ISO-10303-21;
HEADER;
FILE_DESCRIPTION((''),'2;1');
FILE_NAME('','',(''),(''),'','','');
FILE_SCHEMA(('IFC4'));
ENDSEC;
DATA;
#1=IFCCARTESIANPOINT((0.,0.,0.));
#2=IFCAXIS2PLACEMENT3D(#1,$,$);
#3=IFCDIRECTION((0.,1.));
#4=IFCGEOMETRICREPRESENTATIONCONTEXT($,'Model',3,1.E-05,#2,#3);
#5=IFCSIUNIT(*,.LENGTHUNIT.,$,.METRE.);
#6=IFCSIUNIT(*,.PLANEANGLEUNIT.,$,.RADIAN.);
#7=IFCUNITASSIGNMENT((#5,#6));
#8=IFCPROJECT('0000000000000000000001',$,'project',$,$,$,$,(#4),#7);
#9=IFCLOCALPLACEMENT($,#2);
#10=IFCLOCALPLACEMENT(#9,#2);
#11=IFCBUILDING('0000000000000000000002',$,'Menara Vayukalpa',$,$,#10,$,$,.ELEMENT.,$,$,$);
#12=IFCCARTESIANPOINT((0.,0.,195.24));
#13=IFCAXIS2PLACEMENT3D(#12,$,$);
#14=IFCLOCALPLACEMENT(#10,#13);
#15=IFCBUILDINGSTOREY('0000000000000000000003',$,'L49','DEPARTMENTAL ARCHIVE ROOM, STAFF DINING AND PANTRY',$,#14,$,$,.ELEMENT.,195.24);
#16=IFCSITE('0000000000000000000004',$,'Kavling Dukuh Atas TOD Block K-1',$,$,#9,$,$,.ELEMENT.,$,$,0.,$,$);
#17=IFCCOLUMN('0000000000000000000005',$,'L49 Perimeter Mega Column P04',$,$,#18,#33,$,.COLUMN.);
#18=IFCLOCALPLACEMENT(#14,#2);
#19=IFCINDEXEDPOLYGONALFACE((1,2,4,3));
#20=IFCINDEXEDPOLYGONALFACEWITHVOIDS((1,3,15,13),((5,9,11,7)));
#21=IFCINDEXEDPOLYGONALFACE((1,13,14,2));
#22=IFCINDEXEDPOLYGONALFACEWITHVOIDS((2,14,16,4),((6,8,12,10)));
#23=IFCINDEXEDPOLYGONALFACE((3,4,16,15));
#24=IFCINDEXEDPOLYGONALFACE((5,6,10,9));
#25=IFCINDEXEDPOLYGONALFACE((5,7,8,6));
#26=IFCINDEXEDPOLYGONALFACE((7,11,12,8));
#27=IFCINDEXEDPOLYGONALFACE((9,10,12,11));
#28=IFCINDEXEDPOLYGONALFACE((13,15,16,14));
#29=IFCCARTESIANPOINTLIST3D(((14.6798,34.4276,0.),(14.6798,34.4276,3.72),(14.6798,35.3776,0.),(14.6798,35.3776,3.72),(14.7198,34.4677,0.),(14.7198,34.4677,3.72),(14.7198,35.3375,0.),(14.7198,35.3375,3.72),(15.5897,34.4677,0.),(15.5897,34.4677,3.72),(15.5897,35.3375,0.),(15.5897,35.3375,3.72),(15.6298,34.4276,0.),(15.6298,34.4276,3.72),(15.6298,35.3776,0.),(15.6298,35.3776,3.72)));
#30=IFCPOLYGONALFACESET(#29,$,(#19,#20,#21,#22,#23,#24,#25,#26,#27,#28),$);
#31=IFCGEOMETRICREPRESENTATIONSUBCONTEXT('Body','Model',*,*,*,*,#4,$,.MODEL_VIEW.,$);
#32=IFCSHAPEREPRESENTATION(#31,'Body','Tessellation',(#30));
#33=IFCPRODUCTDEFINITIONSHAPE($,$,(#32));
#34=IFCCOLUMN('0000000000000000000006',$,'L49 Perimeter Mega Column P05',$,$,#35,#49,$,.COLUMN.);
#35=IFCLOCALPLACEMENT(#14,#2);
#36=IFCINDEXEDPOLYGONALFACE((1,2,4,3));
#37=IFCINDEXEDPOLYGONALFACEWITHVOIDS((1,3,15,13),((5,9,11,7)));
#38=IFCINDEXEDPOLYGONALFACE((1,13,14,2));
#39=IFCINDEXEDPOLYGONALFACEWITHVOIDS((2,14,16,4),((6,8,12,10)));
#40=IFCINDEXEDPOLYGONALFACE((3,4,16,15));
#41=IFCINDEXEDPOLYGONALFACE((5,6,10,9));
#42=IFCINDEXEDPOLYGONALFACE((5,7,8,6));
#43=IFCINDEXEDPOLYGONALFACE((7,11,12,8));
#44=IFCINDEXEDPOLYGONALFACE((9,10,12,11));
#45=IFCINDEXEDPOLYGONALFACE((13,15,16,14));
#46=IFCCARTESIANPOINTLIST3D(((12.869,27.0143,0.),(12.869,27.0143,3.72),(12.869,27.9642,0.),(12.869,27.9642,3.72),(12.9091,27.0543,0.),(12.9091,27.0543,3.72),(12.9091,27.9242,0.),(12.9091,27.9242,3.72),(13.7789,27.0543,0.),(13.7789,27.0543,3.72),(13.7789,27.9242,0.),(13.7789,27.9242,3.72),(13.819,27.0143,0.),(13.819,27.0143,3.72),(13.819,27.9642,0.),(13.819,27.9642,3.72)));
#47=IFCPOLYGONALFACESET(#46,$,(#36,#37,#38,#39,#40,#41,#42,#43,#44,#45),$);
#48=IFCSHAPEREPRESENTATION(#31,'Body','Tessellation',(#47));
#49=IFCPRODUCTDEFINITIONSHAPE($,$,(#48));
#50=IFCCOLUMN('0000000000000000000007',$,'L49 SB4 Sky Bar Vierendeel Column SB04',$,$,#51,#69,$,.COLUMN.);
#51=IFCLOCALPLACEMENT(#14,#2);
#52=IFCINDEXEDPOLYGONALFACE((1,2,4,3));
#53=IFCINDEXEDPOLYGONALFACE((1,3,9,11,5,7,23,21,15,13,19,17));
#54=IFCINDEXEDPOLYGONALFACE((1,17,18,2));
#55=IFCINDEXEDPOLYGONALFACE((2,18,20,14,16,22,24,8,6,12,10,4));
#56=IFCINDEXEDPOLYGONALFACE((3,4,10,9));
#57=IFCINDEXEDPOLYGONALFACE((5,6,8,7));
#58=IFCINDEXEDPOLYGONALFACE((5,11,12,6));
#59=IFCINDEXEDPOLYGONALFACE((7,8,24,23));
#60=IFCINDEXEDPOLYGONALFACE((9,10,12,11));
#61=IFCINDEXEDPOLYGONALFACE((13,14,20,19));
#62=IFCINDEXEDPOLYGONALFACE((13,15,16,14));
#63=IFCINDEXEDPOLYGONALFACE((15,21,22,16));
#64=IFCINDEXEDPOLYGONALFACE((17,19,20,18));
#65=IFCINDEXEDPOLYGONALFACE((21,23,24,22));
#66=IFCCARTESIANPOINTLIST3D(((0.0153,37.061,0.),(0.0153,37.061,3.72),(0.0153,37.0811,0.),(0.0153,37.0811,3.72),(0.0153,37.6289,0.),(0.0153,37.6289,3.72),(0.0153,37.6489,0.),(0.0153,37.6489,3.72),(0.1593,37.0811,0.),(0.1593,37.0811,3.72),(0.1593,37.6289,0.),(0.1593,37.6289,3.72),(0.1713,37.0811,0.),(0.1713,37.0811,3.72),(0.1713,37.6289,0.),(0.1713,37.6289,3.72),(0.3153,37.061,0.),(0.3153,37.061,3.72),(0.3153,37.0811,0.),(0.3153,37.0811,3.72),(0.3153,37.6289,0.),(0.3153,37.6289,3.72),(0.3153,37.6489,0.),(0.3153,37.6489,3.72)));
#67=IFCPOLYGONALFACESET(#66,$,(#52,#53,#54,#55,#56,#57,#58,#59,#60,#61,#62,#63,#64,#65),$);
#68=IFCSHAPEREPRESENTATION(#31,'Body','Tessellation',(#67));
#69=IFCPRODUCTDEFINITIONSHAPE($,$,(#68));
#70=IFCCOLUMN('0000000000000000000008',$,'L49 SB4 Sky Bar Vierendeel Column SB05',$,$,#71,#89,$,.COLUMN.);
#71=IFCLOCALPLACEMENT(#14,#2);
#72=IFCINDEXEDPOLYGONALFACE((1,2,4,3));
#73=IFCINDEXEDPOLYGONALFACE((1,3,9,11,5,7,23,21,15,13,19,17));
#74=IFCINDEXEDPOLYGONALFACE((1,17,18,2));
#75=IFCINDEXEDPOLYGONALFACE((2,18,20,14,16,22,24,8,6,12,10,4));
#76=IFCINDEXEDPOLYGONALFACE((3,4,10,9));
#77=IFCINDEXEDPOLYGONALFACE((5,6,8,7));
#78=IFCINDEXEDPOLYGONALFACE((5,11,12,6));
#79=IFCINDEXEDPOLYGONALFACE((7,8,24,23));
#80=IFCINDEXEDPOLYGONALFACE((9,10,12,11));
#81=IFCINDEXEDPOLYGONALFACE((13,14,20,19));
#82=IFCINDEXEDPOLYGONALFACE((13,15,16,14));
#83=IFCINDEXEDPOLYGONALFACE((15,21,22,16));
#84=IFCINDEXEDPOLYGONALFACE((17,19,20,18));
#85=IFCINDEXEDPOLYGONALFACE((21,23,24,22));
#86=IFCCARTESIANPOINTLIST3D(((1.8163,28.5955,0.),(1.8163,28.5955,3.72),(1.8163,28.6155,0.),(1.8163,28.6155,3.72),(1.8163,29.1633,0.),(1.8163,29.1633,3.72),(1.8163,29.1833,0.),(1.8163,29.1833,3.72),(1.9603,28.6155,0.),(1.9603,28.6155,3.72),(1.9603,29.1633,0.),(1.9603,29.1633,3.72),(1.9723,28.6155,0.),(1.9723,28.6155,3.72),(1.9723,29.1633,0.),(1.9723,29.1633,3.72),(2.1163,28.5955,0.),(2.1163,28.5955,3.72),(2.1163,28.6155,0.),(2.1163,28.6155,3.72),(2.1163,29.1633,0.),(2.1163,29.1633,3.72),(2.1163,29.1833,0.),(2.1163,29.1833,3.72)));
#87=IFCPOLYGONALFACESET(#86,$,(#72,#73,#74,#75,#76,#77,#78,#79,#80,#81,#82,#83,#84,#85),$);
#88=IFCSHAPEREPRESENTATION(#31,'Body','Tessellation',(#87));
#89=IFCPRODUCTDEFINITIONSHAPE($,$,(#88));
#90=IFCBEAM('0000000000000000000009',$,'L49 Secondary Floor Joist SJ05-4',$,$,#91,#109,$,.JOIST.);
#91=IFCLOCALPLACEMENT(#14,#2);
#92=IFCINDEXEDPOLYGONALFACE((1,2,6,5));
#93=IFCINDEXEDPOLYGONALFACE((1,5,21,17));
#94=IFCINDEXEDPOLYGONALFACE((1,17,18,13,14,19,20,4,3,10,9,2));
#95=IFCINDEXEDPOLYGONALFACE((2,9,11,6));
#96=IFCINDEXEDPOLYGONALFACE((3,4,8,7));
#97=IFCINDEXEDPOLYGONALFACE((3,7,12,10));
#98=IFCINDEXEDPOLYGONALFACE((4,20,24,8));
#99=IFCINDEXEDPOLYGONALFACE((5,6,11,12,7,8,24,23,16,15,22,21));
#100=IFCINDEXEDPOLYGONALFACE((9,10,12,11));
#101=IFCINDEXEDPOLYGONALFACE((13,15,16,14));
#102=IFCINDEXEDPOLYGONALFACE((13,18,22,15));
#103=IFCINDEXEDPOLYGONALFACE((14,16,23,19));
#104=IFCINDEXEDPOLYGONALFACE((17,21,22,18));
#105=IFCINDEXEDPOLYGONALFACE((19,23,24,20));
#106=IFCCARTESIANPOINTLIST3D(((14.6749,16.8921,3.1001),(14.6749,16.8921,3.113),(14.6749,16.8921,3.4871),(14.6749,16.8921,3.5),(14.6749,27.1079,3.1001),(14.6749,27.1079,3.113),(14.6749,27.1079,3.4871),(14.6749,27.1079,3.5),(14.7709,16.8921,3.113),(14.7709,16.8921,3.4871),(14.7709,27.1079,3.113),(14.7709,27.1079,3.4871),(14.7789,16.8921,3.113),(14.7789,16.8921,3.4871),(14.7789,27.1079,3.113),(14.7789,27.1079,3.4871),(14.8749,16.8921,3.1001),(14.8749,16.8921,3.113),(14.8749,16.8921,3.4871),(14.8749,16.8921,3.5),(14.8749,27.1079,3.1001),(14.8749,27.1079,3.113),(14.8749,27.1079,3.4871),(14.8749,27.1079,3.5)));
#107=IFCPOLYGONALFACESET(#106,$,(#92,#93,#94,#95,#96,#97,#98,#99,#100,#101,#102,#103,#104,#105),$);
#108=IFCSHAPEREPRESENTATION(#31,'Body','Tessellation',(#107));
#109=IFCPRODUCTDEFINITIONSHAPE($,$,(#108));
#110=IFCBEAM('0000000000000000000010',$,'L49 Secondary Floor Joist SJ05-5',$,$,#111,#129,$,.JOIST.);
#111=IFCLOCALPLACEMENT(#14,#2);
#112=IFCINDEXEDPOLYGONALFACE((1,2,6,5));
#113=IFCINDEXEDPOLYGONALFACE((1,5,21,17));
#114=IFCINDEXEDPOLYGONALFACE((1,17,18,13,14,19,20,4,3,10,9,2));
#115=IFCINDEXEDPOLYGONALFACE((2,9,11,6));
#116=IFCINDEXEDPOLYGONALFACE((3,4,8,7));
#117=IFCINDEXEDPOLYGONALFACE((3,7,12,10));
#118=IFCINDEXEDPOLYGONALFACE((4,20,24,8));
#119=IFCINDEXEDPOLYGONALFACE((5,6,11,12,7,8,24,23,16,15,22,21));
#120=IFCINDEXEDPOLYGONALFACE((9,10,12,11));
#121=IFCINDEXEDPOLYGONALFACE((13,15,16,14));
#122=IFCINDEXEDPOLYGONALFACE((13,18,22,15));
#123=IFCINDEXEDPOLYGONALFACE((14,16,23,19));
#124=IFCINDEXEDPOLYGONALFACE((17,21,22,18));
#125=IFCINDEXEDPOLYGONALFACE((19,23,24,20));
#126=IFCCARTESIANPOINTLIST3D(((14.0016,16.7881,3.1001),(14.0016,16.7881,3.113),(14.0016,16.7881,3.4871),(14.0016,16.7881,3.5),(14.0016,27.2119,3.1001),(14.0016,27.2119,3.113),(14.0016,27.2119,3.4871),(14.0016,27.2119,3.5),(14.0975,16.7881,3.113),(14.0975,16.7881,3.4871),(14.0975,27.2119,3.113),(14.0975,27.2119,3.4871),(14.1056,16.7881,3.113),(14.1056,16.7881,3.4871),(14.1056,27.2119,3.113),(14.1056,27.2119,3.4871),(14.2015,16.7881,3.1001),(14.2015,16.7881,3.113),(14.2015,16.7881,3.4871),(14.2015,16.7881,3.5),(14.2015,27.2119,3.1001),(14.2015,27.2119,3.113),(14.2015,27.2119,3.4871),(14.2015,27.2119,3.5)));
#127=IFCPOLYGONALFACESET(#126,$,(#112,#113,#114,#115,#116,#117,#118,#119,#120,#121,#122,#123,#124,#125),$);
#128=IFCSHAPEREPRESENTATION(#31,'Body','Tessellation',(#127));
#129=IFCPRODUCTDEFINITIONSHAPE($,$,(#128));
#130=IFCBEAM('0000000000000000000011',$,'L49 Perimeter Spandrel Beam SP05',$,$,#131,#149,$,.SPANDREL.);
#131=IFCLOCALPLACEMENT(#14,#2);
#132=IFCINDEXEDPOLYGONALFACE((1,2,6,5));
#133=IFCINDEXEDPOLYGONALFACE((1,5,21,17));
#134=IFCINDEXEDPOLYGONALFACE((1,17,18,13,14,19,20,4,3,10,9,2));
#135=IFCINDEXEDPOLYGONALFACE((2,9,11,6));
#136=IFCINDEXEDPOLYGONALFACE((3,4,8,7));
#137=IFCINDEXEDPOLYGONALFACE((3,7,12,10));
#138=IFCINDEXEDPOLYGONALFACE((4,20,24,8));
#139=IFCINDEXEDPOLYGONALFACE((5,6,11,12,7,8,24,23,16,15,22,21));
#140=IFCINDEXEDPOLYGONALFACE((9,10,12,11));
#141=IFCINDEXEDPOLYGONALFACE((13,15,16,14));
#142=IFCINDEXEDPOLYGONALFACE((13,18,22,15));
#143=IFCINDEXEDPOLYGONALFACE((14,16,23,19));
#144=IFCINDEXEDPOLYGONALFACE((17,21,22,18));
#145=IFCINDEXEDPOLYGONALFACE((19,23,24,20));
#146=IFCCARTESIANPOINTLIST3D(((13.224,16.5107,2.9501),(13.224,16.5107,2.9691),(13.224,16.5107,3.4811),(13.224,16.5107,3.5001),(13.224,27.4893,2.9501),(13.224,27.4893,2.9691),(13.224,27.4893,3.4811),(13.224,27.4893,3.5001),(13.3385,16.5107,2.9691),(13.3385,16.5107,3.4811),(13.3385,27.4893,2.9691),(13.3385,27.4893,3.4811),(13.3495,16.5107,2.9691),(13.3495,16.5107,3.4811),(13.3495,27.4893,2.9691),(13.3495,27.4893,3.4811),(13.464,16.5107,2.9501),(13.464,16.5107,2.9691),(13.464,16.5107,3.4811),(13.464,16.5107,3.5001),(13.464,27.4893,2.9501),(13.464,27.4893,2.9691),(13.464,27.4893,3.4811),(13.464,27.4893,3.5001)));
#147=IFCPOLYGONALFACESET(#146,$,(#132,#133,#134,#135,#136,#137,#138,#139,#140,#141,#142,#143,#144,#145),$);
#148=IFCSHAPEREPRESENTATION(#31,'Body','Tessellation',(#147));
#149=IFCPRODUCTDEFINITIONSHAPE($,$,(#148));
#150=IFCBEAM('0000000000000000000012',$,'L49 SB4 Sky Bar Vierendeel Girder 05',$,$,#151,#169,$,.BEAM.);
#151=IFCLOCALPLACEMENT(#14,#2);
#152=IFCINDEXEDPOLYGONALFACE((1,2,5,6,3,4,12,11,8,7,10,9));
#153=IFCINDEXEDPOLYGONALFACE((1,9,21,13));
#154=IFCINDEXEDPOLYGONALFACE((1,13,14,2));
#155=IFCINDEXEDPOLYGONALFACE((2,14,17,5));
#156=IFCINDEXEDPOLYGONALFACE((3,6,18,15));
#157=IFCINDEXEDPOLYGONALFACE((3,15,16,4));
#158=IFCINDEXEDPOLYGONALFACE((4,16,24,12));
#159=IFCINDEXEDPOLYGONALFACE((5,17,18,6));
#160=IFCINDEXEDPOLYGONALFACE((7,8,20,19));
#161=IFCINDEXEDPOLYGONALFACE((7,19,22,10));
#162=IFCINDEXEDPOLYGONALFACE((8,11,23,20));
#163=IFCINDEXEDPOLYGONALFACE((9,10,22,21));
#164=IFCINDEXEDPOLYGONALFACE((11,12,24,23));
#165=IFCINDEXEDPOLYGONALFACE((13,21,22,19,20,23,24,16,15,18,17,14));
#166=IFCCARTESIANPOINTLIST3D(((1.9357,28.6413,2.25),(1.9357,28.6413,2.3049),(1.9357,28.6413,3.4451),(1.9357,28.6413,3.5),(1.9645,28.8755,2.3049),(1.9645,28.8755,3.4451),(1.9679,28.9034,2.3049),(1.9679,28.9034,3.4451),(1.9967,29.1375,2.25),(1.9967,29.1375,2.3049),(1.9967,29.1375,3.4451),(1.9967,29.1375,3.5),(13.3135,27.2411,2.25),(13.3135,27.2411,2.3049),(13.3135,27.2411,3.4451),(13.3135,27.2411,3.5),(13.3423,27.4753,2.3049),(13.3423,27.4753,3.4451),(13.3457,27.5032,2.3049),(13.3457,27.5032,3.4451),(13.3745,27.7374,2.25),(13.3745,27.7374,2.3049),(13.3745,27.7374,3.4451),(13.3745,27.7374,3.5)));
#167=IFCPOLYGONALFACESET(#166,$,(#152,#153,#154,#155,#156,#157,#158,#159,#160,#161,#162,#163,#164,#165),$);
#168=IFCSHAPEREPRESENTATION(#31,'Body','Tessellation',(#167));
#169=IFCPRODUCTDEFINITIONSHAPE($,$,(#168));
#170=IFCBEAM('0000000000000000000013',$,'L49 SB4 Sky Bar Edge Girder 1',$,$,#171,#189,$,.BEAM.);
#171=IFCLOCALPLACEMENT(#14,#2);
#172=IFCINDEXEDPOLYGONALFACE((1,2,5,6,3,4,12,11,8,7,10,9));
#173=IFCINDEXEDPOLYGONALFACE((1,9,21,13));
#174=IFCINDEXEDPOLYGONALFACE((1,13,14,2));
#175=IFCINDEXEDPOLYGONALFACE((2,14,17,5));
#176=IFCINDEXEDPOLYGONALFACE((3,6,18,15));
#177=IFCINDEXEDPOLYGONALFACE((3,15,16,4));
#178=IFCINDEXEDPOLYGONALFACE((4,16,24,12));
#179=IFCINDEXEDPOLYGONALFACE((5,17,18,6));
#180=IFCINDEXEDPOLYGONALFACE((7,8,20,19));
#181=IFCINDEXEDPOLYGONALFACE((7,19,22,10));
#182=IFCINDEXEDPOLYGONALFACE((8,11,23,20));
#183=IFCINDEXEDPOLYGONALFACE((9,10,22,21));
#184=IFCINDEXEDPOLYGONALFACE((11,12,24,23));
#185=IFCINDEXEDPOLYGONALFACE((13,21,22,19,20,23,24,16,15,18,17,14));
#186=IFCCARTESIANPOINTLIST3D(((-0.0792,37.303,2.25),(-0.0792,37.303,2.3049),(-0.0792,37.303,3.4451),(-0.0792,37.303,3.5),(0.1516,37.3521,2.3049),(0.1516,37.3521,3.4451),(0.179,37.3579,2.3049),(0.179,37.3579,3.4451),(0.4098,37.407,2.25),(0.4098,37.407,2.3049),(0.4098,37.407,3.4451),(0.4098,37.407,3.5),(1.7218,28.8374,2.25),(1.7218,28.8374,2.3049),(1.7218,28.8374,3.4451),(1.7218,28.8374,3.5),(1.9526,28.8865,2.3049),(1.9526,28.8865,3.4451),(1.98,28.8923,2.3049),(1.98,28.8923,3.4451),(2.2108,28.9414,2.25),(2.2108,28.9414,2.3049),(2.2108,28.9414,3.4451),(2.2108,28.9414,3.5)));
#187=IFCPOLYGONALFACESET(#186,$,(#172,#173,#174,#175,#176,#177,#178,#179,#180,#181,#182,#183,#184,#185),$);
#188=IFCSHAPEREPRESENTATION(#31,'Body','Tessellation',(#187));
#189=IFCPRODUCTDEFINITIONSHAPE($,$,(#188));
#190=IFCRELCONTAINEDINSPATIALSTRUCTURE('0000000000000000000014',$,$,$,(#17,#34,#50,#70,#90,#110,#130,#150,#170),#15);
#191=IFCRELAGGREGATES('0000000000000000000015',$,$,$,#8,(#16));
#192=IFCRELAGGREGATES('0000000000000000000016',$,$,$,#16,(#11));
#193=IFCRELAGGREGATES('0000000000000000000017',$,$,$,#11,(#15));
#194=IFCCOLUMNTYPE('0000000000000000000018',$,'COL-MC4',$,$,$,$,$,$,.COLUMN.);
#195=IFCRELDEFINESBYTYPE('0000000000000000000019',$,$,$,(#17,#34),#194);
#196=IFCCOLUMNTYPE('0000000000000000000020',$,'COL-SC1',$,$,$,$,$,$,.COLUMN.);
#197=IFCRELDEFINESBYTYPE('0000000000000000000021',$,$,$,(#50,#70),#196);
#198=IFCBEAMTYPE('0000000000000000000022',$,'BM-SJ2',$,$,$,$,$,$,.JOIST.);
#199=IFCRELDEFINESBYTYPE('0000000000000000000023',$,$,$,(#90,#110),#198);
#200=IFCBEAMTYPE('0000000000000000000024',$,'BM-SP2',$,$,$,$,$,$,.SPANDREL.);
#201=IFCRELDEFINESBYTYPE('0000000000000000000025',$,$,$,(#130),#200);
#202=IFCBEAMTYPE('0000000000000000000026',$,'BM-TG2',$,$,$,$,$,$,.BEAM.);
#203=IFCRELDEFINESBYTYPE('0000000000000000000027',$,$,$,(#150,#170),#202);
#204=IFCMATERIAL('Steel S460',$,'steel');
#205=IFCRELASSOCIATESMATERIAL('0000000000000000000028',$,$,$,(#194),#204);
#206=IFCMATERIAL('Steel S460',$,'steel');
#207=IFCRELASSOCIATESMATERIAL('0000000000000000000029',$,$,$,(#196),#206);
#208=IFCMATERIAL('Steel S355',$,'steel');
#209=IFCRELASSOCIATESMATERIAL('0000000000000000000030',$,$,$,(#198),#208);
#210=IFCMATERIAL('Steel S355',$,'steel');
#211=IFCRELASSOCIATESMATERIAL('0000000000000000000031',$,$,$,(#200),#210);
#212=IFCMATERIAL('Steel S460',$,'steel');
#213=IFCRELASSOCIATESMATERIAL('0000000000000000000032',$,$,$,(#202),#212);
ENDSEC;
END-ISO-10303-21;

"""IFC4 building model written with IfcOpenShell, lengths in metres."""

from ifc_helpers import new_model, si_unit, direction, frame, origin, origin_2d, place, context, subcontext, project, spatial, hollow_rectangle, i_section, extrude, material, material_profile, profile_set, type_object, element, save


model = new_model("IFC4")

# Units and contexts
model_context = context("Model", 3, precision=1e-05, world=origin(), true_north=direction((0.0, 1.0)))
body_context = subcontext(model_context, "Body", "Model", "MODEL_VIEW")
ifc_project = project(units=[si_unit("LENGTHUNIT", "METRE"), si_unit("PLANEANGLEUNIT", "RADIAN")], contexts=[model_context])

# Site, building, storey
site_placement = place(None, origin())
site = spatial("IfcSite", under=ifc_project, at=site_placement, Name="Kavling Dukuh Atas TOD Block K-1", CompositionType="ELEMENT", RefElevation=0.0)
building_placement = place(site_placement, origin())
building = spatial("IfcBuilding", under=site, at=building_placement, Name="Menara Vayukalpa", CompositionType="ELEMENT")
storey_placement = place(building_placement, frame((0.0, 0.0, 195.24)))
storey = spatial("IfcBuildingStorey", under=building, at=storey_placement, Name="L49", Description="DEPARTMENTAL ARCHIVE ROOM, STAFF DINING AND PANTRY", CompositionType="ELEMENT", Elevation=195.24)

# Columns
ifc_material_1 = material(Name="Steel S460", Category="steel")
ifc_material_profile_1 = material_profile(ifc_material_1, hollow_rectangle(XDim=0.95, YDim=0.95, WallThickness=0.04, at=origin_2d()), Name="BOX 950x950x40")
ifc_profile_set_1 = profile_set([ifc_material_profile_1], Name="Steel S460")
column_type_1 = type_object("IfcColumnType", Name="COL-MC4", PredefinedType="COLUMN", material=ifc_profile_set_1)
for number, where, z_axis, x_axis, name in (
    (1, (15.1548, 34.9026, 0.0), (0.0, 0.0, 1.0), (1.0, 0.0, 0.0), "L49 Perimeter Mega Column P04"),
    (2, (13.344, 27.4893, 0.0), (0.0, 0.0, 1.0), (1.0, 0.0, 0.0), "L49 Perimeter Mega Column P05"),
):
    element("IfcColumn", number, at=place(storey_placement, frame(where, z_axis=z_axis, x_axis=x_axis)), inside=storey, type_object=column_type_1, Name=name, PredefinedType="COLUMN", context=body_context, shape_type="SweptSolid", body=[
        extrude(hollow_rectangle(XDim=0.95, YDim=0.95, WallThickness=0.04, at=origin_2d()), origin(), (0.0, 0.0, 1.0), 3.72),
    ])
ifc_material_2 = material(Name="Steel S460", Category="steel")
ifc_material_profile_2 = material_profile(ifc_material_2, i_section(OverallWidth=0.3, OverallDepth=0.5879, WebThickness=0.012, FlangeThickness=0.02, at=origin_2d()), Name="H 588x300x12x20")
ifc_profile_set_2 = profile_set([ifc_material_profile_2], Name="Steel S460")
column_type_2 = type_object("IfcColumnType", Name="COL-SC1", PredefinedType="COLUMN", material=ifc_profile_set_2)
for number, where, z_axis, x_axis, name in (
    (3, (0.1653, 37.355, 0.0), (0.0, 0.0, 1.0), (1.0, 0.0, 0.0), "L49 SB4 Sky Bar Vierendeel Column SB04"),
    (4, (1.9663, 28.8894, 0.0), (0.0, 0.0, 1.0), (1.0, 0.0, 0.0), "L49 SB4 Sky Bar Vierendeel Column SB05"),
):
    element("IfcColumn", number, at=place(storey_placement, frame(where, z_axis=z_axis, x_axis=x_axis)), inside=storey, type_object=column_type_2, Name=name, PredefinedType="COLUMN", context=body_context, shape_type="SweptSolid", body=[
        extrude(i_section(OverallWidth=0.3, OverallDepth=0.5879, WebThickness=0.012, FlangeThickness=0.02, at=origin_2d()), origin(), (0.0, 0.0, 1.0), 3.72),
    ])

# Beams
ifc_material_3 = material(Name="Steel S355", Category="steel")
ifc_material_profile_3 = material_profile(ifc_material_3, i_section(OverallWidth=0.2, OverallDepth=0.3999, WebThickness=0.0081, FlangeThickness=0.0129, at=origin_2d()), Name="WF 400x200x8x13")
ifc_profile_set_3 = profile_set([ifc_material_profile_3], Name="Steel S355")
beam_type_1 = type_object("IfcBeamType", Name="BM-SJ2", PredefinedType="JOIST", material=ifc_profile_set_3)
beam_1_placement = place(storey_placement, frame((14.7749, 27.1079, 3.3), z_axis=(0.0, -1.0, 0.0), x_axis=(1.0, 0.0, 0.0)))
element("IfcBeam", 5, at=beam_1_placement, inside=storey, type_object=beam_type_1, Name="L49 Secondary Floor Joist SJ05-4", PredefinedType="JOIST", context=body_context, shape_type="SweptSolid", body=[
    extrude(i_section(OverallWidth=0.2, OverallDepth=0.3999, WebThickness=0.0081, FlangeThickness=0.0129, at=origin_2d()), origin(), (0.0, 0.0, 1.0), 10.2158),
])
beam_2_placement = place(storey_placement, frame((14.1016, 27.2119, 3.3), z_axis=(0.0, -1.0, 0.0), x_axis=(1.0, 0.0, 0.0)))
element("IfcBeam", 6, at=beam_2_placement, inside=storey, type_object=beam_type_1, Name="L49 Secondary Floor Joist SJ05-5", PredefinedType="JOIST", context=body_context, shape_type="SweptSolid", body=[
    extrude(i_section(OverallWidth=0.2, OverallDepth=0.3999, WebThickness=0.0081, FlangeThickness=0.0129, at=origin_2d()), origin(), (0.0, 0.0, 1.0), 10.4238),
])
ifc_material_4 = material(Name="Steel S355", Category="steel")
ifc_material_profile_4 = material_profile(ifc_material_4, i_section(OverallWidth=0.24, OverallDepth=0.55, WebThickness=0.011, FlangeThickness=0.019, at=origin_2d()), Name="WF 550x240x11x19")
ifc_profile_set_4 = profile_set([ifc_material_profile_4], Name="Steel S355")
beam_type_2 = type_object("IfcBeamType", Name="BM-SP2", PredefinedType="SPANDREL", material=ifc_profile_set_4)
beam_3_placement = place(storey_placement, frame((13.344, 27.4893, 3.2251), z_axis=(0.0, -1.0, 0.0), x_axis=(1.0, 0.0, 0.0)))
element("IfcBeam", 7, at=beam_3_placement, inside=storey, type_object=beam_type_2, Name="L49 Perimeter Spandrel Beam SP05", PredefinedType="SPANDREL", context=body_context, shape_type="SweptSolid", body=[
    extrude(i_section(OverallWidth=0.24, OverallDepth=0.55, WebThickness=0.011, FlangeThickness=0.019, at=origin_2d()), origin(), (0.0, 0.0, 1.0), 10.9785),
])
ifc_material_5 = material(Name="Steel S460", Category="steel")
ifc_material_profile_5 = material_profile(ifc_material_5, i_section(OverallWidth=0.5, OverallDepth=1.25, WebThickness=0.0281, FlangeThickness=0.0549, at=origin_2d()), Name="WG 1250x500x28x55")
ifc_profile_set_5 = profile_set([ifc_material_profile_5], Name="Steel S460")
beam_type_3 = type_object("IfcBeamType", Name="BM-TG2", PredefinedType="BEAM", material=ifc_profile_set_5)
beam_4_placement = place(storey_placement, frame((13.344, 27.4893, 2.875), z_axis=(-0.992513, 0.122139, 0.0), x_axis=(-0.122139, -0.992513, 0.0)))
element("IfcBeam", 8, at=beam_4_placement, inside=storey, type_object=beam_type_3, Name="L49 SB4 Sky Bar Vierendeel Girder 05", PredefinedType="BEAM", context=body_context, shape_type="SweptSolid", body=[
    extrude(i_section(OverallWidth=0.5, OverallDepth=1.25, WebThickness=0.0281, FlangeThickness=0.0549, at=origin_2d()), origin(), (0.0, 0.0, 1.0), 11.4636),
])
beam_5_placement = place(storey_placement, frame((0.1653, 37.355, 2.875), z_axis=(0.20809, -0.97811, 0.0), x_axis=(0.97811, 0.20809, 0.0)))
element("IfcBeam", 9, at=beam_5_placement, inside=storey, type_object=beam_type_3, Name="L49 SB4 Sky Bar Edge Girder 1", PredefinedType="BEAM", context=body_context, shape_type="SweptSolid", body=[
    extrude(i_section(OverallWidth=0.5, OverallDepth=1.25, WebThickness=0.0281, FlangeThickness=0.0549, at=origin_2d()), origin(), (0.0, 0.0, 1.0), 8.655),
])

save(model, "model.ifc")
